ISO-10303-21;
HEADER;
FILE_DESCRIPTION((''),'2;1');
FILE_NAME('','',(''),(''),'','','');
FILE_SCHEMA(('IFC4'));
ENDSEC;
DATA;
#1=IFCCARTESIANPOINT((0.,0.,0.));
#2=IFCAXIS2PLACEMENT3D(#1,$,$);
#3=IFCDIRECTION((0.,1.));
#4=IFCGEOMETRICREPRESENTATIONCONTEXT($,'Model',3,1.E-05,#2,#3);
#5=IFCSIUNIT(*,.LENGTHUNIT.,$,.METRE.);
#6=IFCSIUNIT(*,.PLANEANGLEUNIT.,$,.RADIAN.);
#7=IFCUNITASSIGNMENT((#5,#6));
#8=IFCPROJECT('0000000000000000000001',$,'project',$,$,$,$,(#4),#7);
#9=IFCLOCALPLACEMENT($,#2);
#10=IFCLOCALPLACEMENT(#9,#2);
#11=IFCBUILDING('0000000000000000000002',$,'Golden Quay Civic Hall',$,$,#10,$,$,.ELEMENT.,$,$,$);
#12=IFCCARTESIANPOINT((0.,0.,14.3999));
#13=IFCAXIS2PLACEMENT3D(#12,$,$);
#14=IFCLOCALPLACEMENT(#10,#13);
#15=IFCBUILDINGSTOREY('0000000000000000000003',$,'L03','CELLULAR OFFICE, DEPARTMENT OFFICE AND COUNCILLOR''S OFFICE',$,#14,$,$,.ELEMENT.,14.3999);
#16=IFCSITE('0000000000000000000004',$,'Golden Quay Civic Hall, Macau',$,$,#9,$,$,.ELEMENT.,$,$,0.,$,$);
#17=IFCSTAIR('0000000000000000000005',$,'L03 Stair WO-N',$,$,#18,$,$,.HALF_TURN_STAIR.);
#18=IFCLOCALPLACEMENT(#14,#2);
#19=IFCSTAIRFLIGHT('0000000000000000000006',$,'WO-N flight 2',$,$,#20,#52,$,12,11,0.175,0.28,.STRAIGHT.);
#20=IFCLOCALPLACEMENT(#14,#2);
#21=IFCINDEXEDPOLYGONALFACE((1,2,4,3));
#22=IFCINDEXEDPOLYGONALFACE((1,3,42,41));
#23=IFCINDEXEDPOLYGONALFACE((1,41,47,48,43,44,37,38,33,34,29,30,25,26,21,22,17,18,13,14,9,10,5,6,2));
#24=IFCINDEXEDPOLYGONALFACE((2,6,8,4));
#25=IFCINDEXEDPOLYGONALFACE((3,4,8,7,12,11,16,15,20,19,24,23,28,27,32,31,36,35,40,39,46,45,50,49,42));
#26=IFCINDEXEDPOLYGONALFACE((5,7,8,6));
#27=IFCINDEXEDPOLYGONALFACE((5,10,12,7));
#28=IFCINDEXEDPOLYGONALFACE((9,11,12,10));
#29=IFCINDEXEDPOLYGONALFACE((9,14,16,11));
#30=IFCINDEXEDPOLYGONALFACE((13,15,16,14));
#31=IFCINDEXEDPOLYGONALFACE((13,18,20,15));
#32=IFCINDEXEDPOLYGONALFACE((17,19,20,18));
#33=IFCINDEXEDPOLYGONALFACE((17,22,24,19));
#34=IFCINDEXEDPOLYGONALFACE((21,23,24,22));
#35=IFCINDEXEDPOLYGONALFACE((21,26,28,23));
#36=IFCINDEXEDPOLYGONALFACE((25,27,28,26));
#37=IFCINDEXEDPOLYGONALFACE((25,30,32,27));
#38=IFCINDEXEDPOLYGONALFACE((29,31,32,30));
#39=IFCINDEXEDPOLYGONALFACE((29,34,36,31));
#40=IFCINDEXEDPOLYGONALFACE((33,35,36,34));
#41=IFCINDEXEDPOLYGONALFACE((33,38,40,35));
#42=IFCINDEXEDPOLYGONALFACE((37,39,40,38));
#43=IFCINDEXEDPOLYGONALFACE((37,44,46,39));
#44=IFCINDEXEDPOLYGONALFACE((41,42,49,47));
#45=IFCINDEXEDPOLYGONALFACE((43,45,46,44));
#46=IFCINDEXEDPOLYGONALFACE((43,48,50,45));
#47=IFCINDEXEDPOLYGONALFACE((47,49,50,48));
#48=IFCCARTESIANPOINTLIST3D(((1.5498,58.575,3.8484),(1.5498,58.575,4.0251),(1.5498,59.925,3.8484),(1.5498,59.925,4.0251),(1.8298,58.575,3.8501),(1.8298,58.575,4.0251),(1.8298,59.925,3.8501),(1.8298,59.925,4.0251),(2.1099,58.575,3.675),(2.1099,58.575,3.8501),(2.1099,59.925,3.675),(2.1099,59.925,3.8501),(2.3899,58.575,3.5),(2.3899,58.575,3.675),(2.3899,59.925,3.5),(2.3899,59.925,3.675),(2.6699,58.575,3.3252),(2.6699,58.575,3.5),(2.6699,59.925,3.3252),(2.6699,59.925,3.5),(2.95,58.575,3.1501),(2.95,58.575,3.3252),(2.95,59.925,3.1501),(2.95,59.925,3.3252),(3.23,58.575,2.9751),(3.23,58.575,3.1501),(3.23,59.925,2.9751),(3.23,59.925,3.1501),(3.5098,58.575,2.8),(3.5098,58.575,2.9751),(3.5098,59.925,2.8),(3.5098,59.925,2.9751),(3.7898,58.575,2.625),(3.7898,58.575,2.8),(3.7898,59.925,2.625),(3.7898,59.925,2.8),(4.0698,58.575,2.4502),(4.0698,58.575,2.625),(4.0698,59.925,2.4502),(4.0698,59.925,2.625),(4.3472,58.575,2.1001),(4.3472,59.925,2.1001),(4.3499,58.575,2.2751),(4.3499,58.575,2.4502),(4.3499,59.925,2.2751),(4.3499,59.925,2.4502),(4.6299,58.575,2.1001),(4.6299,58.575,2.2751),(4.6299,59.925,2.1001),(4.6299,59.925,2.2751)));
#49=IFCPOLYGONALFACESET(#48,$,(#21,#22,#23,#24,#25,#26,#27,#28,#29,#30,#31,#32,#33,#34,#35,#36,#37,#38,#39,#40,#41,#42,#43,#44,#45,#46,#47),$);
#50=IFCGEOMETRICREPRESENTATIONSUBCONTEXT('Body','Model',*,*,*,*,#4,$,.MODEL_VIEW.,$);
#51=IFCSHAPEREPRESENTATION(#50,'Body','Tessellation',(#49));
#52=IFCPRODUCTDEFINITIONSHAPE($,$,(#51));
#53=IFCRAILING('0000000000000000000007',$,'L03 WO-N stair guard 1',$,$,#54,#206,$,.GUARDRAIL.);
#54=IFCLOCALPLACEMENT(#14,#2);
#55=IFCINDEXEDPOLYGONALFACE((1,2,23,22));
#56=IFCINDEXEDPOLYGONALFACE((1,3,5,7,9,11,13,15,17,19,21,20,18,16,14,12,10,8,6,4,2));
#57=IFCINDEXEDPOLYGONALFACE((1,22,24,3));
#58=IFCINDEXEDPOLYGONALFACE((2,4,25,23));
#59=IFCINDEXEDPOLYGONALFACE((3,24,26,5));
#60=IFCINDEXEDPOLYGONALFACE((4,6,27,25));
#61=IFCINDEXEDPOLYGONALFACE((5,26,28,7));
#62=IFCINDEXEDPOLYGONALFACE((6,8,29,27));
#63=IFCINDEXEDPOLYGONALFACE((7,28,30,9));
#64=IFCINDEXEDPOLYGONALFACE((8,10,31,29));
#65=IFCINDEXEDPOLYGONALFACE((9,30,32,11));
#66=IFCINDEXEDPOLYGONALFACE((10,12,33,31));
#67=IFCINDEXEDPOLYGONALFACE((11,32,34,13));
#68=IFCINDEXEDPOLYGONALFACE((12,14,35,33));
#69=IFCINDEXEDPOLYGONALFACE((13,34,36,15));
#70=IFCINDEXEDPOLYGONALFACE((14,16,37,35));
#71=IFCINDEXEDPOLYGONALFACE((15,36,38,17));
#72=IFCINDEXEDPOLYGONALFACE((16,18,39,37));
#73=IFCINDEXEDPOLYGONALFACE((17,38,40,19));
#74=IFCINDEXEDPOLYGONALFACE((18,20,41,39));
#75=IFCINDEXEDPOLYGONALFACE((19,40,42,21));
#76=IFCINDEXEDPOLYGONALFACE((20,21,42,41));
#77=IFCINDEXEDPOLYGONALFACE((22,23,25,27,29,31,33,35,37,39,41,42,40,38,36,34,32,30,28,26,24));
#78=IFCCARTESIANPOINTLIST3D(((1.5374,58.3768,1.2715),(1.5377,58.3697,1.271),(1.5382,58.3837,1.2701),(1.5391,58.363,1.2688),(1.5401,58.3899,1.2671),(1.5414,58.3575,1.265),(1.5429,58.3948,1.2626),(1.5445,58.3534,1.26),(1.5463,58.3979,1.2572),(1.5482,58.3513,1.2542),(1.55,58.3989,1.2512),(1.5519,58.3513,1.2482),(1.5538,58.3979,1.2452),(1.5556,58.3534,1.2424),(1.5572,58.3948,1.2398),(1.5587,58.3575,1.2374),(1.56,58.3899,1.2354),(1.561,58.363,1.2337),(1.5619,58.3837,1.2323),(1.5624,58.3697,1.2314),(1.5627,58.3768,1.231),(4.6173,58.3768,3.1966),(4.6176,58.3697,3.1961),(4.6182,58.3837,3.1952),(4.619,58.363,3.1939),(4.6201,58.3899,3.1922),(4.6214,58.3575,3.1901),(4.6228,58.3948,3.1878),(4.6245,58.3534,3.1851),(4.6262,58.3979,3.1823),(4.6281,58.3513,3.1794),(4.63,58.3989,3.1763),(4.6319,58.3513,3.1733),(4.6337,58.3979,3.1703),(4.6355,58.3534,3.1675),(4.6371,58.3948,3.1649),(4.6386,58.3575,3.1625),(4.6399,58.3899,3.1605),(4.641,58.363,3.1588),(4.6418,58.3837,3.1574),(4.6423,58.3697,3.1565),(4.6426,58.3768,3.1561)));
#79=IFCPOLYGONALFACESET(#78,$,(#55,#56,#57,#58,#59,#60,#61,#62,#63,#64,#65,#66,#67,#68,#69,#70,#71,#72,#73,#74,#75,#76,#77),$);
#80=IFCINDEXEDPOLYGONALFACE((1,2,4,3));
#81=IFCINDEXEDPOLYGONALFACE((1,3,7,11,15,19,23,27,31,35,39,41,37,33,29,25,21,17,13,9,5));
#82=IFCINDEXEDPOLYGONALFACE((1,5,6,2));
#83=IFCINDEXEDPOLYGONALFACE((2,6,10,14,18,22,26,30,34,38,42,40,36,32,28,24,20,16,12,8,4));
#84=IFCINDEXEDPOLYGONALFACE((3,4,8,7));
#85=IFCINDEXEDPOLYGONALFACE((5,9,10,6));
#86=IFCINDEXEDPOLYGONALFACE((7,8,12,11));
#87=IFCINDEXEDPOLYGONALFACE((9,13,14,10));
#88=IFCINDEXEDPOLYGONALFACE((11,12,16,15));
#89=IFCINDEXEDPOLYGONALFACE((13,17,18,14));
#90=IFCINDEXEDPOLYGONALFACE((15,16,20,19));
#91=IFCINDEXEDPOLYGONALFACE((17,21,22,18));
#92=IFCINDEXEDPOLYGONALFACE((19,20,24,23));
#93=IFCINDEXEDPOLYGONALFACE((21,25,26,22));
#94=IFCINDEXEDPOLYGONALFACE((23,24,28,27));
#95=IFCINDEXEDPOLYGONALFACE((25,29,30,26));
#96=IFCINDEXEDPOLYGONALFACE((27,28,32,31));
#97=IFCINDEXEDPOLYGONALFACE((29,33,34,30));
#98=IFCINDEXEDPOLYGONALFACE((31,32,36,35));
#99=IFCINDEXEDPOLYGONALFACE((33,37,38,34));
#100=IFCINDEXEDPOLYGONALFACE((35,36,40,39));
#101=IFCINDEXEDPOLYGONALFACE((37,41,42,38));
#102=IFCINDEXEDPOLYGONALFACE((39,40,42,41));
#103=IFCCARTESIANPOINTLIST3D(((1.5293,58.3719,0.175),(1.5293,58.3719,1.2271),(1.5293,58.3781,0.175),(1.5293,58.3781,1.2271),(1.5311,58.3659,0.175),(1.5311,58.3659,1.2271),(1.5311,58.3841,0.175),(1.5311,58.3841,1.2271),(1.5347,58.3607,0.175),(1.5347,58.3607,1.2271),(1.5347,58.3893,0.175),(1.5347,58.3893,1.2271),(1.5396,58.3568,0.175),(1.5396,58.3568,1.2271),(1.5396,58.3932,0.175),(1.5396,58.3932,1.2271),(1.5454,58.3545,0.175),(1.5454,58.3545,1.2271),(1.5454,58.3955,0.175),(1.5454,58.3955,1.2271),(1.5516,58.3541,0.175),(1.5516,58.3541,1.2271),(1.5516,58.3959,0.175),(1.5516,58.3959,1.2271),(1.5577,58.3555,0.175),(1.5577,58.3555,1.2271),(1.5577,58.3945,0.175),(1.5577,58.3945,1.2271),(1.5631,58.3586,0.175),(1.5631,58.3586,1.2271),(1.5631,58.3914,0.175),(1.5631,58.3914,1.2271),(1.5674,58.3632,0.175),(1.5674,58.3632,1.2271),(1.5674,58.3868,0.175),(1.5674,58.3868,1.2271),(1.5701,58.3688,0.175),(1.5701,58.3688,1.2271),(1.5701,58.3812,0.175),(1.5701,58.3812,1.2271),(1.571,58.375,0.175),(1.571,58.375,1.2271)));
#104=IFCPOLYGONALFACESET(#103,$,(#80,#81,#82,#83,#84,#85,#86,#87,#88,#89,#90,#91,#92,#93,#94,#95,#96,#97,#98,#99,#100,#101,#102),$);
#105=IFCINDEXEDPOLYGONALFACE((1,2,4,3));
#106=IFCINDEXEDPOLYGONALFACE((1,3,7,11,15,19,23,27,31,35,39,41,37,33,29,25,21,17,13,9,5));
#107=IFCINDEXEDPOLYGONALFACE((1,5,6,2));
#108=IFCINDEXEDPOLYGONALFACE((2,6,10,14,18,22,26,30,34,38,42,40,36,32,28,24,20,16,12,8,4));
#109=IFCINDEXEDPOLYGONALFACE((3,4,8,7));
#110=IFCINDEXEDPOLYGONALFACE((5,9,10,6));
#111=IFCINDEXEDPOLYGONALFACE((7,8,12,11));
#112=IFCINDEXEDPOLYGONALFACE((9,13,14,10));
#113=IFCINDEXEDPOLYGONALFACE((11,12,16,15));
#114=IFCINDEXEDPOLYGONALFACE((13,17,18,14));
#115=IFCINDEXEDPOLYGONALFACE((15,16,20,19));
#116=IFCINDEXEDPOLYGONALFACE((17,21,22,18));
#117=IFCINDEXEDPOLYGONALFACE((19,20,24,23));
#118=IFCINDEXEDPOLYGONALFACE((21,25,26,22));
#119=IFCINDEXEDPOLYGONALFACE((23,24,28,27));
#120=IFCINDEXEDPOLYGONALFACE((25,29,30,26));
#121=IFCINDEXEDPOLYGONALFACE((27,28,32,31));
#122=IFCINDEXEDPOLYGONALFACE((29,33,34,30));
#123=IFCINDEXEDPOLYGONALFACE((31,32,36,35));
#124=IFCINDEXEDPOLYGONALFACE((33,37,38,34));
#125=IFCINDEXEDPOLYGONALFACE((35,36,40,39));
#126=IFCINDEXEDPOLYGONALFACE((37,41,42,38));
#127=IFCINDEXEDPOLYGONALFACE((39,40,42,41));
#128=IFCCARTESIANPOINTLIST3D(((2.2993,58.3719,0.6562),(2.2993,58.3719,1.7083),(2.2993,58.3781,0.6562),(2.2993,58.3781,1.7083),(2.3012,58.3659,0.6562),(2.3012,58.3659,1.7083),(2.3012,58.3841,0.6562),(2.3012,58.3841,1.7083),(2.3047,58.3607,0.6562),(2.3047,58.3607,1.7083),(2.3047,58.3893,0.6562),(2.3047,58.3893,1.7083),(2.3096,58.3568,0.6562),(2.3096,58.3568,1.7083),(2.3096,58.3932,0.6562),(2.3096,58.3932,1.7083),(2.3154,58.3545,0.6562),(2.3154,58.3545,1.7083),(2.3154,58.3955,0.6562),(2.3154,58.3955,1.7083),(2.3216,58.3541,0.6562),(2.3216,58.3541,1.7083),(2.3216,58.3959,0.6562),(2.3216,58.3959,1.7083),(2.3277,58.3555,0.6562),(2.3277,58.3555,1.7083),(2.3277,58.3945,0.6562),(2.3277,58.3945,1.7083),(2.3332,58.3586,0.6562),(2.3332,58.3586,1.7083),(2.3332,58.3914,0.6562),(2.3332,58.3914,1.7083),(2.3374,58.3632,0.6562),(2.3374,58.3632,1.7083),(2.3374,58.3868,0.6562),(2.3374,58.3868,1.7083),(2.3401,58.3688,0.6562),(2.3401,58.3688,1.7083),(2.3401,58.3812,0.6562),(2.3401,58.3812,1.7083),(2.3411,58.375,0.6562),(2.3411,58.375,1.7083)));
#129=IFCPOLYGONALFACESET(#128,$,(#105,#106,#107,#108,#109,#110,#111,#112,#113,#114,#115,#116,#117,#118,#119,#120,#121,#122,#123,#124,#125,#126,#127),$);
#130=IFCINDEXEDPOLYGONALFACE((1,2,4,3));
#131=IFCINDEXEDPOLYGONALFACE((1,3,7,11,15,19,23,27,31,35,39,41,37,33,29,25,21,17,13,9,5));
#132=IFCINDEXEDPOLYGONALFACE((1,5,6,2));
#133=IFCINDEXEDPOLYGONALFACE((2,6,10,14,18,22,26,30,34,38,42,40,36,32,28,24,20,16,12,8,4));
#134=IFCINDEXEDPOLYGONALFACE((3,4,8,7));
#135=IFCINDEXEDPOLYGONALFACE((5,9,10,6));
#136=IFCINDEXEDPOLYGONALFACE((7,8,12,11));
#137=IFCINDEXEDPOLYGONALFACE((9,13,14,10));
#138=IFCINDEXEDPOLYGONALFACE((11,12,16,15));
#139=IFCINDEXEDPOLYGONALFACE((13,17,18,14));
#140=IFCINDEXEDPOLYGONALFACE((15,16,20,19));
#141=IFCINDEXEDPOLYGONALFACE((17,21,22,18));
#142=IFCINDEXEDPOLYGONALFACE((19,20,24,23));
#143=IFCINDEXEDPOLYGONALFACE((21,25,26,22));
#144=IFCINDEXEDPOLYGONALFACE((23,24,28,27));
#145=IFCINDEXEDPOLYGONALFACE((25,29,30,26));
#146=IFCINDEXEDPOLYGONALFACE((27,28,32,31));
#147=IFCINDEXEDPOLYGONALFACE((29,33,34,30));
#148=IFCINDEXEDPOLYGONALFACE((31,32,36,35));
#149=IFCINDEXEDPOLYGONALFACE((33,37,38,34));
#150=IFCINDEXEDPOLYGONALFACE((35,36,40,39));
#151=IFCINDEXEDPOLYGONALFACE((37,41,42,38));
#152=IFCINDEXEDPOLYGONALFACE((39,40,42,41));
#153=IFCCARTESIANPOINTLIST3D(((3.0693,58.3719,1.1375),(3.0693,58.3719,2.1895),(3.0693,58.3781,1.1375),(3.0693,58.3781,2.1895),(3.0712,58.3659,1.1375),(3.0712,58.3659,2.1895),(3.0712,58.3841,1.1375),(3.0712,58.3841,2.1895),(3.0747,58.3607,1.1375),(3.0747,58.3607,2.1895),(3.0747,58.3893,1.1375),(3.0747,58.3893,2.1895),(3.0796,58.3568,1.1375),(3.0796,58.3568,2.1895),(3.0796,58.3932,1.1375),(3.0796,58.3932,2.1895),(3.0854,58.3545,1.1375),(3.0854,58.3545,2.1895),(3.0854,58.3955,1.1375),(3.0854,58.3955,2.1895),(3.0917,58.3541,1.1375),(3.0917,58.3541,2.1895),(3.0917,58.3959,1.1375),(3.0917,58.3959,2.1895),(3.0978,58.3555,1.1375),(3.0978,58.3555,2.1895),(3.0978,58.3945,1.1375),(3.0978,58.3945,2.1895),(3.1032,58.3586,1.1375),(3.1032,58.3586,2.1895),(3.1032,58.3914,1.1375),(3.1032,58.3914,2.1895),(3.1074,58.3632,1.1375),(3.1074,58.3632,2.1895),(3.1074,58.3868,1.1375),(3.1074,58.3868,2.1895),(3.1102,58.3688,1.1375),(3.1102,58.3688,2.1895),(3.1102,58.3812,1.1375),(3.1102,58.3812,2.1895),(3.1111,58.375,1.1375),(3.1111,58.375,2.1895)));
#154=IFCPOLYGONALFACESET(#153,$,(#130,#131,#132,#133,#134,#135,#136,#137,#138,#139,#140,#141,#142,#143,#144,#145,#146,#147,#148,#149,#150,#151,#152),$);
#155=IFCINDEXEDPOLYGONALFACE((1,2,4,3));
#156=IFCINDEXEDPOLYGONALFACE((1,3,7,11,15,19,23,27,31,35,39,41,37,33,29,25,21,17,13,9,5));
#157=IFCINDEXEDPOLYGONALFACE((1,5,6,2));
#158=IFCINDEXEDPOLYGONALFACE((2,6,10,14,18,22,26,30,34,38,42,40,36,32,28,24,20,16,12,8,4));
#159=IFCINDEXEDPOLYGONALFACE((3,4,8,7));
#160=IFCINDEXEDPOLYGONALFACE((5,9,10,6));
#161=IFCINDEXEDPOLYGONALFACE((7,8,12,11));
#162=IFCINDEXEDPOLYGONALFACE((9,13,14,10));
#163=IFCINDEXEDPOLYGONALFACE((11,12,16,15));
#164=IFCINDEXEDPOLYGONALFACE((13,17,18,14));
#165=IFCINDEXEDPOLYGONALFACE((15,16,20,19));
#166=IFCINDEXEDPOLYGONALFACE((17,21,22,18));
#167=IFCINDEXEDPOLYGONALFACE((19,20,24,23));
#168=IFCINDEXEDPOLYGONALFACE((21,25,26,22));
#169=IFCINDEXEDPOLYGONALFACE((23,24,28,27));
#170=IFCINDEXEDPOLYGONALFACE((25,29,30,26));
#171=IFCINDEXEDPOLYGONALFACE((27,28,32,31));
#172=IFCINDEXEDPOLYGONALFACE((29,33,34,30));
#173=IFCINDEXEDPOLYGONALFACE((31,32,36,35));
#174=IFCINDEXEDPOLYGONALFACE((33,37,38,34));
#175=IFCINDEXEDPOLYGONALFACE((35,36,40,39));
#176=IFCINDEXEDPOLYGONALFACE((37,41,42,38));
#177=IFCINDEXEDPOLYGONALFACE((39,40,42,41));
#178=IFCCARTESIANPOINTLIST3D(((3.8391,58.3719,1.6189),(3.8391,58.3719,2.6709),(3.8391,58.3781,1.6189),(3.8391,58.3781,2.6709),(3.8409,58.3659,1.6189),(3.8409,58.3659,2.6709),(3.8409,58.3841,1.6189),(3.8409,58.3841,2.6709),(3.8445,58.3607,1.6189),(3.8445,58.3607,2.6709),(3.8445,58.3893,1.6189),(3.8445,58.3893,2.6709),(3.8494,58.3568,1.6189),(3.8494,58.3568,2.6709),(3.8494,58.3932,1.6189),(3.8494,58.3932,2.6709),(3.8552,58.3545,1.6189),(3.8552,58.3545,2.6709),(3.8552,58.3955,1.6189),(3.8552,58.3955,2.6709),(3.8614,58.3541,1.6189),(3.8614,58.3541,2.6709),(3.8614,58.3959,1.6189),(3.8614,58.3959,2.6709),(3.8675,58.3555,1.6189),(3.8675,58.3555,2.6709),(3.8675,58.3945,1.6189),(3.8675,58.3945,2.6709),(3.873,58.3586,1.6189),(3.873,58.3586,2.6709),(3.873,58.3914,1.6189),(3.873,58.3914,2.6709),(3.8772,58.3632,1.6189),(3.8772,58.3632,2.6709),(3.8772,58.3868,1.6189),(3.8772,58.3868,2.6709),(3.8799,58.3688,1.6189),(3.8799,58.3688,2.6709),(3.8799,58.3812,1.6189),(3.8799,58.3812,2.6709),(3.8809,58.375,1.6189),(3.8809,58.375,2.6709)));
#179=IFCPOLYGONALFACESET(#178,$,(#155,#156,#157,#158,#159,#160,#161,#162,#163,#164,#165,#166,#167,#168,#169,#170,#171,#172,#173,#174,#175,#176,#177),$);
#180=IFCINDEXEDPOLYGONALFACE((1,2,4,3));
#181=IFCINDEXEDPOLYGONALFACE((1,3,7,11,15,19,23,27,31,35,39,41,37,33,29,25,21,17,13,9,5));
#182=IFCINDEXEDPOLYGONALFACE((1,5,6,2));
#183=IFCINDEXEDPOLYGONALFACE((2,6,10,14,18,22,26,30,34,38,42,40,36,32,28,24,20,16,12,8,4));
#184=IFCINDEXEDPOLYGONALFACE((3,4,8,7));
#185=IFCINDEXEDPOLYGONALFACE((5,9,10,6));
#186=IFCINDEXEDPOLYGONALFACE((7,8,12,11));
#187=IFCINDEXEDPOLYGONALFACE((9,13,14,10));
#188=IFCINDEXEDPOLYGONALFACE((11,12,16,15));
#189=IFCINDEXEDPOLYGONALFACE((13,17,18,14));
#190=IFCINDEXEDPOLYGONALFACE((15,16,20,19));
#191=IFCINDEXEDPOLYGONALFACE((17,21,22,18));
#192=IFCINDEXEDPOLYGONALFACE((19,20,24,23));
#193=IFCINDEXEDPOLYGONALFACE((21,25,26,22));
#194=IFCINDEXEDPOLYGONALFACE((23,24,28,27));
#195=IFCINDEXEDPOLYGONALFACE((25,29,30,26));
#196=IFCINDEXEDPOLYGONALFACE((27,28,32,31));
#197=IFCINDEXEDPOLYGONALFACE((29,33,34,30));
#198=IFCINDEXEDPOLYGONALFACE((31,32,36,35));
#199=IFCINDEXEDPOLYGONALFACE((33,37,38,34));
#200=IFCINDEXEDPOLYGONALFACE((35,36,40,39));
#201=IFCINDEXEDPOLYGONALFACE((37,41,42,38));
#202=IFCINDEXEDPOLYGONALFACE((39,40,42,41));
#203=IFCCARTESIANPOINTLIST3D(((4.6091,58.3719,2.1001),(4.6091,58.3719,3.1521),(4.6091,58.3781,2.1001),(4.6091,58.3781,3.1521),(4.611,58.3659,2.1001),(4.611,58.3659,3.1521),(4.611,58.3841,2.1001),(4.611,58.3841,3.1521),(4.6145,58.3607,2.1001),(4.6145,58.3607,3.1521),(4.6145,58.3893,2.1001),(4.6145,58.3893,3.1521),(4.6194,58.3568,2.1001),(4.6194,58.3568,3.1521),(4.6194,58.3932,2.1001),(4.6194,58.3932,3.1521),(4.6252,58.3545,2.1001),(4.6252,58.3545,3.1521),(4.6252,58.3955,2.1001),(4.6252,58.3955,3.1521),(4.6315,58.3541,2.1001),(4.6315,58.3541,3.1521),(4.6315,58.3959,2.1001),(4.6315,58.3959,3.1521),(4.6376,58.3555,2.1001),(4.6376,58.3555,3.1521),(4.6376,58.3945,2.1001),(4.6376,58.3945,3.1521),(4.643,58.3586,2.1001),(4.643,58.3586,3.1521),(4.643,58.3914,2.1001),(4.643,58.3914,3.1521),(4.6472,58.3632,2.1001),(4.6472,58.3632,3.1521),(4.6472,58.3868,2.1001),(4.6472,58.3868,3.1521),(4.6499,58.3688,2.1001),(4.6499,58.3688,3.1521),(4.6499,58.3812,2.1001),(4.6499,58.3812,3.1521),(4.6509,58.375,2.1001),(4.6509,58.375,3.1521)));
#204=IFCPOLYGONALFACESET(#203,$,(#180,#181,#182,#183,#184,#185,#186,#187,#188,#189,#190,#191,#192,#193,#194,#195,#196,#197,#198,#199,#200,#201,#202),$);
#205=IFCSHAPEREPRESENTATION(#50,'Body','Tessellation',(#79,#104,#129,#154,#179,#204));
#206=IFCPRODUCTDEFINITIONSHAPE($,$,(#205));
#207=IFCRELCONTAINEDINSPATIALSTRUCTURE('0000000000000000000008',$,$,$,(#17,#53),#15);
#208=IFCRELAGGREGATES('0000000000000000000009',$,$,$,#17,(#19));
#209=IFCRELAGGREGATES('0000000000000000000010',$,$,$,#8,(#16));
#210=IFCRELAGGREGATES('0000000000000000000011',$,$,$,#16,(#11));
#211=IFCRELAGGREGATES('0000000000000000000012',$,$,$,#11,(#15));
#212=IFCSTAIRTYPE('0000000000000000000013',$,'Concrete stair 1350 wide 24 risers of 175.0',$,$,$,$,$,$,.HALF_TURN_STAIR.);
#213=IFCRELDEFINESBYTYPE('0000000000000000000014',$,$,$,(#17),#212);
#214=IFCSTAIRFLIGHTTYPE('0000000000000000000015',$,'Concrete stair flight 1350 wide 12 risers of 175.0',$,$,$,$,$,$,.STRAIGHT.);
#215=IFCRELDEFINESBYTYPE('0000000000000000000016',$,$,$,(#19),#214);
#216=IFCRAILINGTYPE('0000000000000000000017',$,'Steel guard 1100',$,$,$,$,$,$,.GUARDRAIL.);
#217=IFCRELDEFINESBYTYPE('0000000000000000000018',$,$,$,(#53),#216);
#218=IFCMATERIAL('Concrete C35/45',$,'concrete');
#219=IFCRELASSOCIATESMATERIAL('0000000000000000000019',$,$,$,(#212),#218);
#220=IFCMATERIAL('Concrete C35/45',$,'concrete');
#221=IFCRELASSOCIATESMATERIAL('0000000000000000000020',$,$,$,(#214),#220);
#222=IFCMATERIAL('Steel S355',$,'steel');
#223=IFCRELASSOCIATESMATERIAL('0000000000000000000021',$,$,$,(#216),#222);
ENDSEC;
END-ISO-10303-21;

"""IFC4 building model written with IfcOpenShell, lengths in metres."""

from ifc_helpers import new_model, si_unit, direction, frame, origin, origin_2d, place, context, subcontext, project, spatial, polyline, circle, outline, extrude, material, type_object, element, aggregate, save


model = new_model("IFC4")

# Units and contexts
model_context = context("Model", 3, precision=1e-05, world=origin(), true_north=direction((0.0, 1.0)))
body_context = subcontext(model_context, "Body", "Model", "MODEL_VIEW")
ifc_project = project(units=[si_unit("LENGTHUNIT", "METRE"), si_unit("PLANEANGLEUNIT", "RADIAN")], contexts=[model_context])

# Site, building, storey
site_placement = place(None, origin())
site = spatial("IfcSite", under=ifc_project, at=site_placement, Name="Golden Quay Civic Hall, Macau", CompositionType="ELEMENT", RefElevation=0.0)
building_placement = place(site_placement, origin())
building = spatial("IfcBuilding", under=site, at=building_placement, Name="Golden Quay Civic Hall", CompositionType="ELEMENT")
storey_placement = place(building_placement, frame((0.0, 0.0, 14.3999)))
storey = spatial("IfcBuildingStorey", under=building, at=storey_placement, Name="L03", Description="CELLULAR OFFICE, DEPARTMENT OFFICE AND COUNCILLOR'S OFFICE", CompositionType="ELEMENT", Elevation=14.3999)

# Stair, stair flight
ifc_material_1 = material(Name="Concrete C35/45", Category="concrete")
stair_type = type_object("IfcStairType", Name="Concrete stair 1350 wide 24 risers of 175.0", PredefinedType="HALF_TURN_STAIR", material=ifc_material_1)
stair_placement = place(storey_placement, origin())
stair = element("IfcStair", 1, at=stair_placement, inside=storey, type_object=stair_type, Name="L03 Stair WO-N", PredefinedType="HALF_TURN_STAIR")
ifc_material_2 = material(Name="Concrete C35/45", Category="concrete")
stair_flight_type = type_object("IfcStairFlightType", Name="Concrete stair flight 1350 wide 12 risers of 175.0", PredefinedType="STRAIGHT", material=ifc_material_2)
stair_flight_1_placement = place(storey_placement, frame((4.6299, 59.25, 2.1001), z_axis=(0.0, 0.0, 1.0), x_axis=(-1.0, 0.0, 0.0)))
stair_flight_1 = element("IfcStairFlight", 2, at=stair_flight_1_placement, type_object=stair_flight_type, Name="WO-N flight 2", NumberOfRisers=12, NumberOfTreads=11, PredefinedType="STRAIGHT", RiserHeight=0.175, TreadLength=0.28, context=body_context, shape_type="SweptSolid", body=[
    extrude(outline(polyline([(0.0, 0.0), (0.0, 0.175), (0.28, 0.175), (0.28, 0.3501), (0.5601, 0.3501), (0.5601, 0.5249), (0.8401, 0.5249), (0.8401, 0.7), (1.1201, 0.7), (1.1201, 0.875), (1.3999, 0.875), (1.3999, 1.05), (1.6799, 1.05), (1.6799, 1.2251), (1.96, 1.2251), (1.96, 1.3999), (2.24, 1.3999), (2.24, 1.575), (2.52, 1.575), (2.52, 1.75), (2.8, 1.75), (2.8, 1.925), (3.0801, 1.925), (3.0801, 2.1001), (3.0801, 1.7483), (0.2827, 0.0), (0.0, 0.0)])), frame((0.0, 0.675, 0.0), z_axis=(0.0, -1.0, 0.0), x_axis=(1.0, 0.0, 0.0)), (0.0, 0.0, 1.0), 1.35),
])
aggregate(stair, [stair_flight_1])

# Railing
ifc_material_3 = material(Name="Steel S355", Category="steel")
railing_type_1 = type_object("IfcRailingType", Name="Steel guard 1100", PredefinedType="GUARDRAIL", material=ifc_material_3)
railing_1_placement = place(storey_placement, frame((1.55, 58.375, 0.175)))
element("IfcRailing", 3, at=railing_1_placement, inside=storey, type_object=railing_type_1, Name="L03 WO-N stair guard 1", PredefinedType="GUARDRAIL", context=body_context, shape_type="SweptSolid", body=[
    extrude(circle(Radius=0.0239, at=origin_2d()), frame((0.0, 0.0, 1.0762), z_axis=(0.847979, 0.0, 0.530029), x_axis=(0.0, 1.0, 0.0)), (0.0, 0.0, 1.0), 3.6321),
    extrude(circle(Radius=0.021, at=origin_2d()), origin(), (0.0, 0.0, 1.0), 1.052),
    extrude(circle(Radius=0.021, at=origin_2d()), frame((0.77, 0.0, 0.4812)), (0.0, 0.0, 1.0), 1.052),
    extrude(circle(Radius=0.021, at=origin_2d()), frame((1.54, 0.0, 0.9624)), (0.0, 0.0, 1.0), 1.052),
    extrude(circle(Radius=0.021, at=origin_2d()), frame((2.3098, 0.0, 1.4438)), (0.0, 0.0, 1.0), 1.052),
    extrude(circle(Radius=0.021, at=origin_2d()), frame((3.0798, 0.0, 1.925)), (0.0, 0.0, 1.0), 1.052),
])

save(model, "model.ifc")
